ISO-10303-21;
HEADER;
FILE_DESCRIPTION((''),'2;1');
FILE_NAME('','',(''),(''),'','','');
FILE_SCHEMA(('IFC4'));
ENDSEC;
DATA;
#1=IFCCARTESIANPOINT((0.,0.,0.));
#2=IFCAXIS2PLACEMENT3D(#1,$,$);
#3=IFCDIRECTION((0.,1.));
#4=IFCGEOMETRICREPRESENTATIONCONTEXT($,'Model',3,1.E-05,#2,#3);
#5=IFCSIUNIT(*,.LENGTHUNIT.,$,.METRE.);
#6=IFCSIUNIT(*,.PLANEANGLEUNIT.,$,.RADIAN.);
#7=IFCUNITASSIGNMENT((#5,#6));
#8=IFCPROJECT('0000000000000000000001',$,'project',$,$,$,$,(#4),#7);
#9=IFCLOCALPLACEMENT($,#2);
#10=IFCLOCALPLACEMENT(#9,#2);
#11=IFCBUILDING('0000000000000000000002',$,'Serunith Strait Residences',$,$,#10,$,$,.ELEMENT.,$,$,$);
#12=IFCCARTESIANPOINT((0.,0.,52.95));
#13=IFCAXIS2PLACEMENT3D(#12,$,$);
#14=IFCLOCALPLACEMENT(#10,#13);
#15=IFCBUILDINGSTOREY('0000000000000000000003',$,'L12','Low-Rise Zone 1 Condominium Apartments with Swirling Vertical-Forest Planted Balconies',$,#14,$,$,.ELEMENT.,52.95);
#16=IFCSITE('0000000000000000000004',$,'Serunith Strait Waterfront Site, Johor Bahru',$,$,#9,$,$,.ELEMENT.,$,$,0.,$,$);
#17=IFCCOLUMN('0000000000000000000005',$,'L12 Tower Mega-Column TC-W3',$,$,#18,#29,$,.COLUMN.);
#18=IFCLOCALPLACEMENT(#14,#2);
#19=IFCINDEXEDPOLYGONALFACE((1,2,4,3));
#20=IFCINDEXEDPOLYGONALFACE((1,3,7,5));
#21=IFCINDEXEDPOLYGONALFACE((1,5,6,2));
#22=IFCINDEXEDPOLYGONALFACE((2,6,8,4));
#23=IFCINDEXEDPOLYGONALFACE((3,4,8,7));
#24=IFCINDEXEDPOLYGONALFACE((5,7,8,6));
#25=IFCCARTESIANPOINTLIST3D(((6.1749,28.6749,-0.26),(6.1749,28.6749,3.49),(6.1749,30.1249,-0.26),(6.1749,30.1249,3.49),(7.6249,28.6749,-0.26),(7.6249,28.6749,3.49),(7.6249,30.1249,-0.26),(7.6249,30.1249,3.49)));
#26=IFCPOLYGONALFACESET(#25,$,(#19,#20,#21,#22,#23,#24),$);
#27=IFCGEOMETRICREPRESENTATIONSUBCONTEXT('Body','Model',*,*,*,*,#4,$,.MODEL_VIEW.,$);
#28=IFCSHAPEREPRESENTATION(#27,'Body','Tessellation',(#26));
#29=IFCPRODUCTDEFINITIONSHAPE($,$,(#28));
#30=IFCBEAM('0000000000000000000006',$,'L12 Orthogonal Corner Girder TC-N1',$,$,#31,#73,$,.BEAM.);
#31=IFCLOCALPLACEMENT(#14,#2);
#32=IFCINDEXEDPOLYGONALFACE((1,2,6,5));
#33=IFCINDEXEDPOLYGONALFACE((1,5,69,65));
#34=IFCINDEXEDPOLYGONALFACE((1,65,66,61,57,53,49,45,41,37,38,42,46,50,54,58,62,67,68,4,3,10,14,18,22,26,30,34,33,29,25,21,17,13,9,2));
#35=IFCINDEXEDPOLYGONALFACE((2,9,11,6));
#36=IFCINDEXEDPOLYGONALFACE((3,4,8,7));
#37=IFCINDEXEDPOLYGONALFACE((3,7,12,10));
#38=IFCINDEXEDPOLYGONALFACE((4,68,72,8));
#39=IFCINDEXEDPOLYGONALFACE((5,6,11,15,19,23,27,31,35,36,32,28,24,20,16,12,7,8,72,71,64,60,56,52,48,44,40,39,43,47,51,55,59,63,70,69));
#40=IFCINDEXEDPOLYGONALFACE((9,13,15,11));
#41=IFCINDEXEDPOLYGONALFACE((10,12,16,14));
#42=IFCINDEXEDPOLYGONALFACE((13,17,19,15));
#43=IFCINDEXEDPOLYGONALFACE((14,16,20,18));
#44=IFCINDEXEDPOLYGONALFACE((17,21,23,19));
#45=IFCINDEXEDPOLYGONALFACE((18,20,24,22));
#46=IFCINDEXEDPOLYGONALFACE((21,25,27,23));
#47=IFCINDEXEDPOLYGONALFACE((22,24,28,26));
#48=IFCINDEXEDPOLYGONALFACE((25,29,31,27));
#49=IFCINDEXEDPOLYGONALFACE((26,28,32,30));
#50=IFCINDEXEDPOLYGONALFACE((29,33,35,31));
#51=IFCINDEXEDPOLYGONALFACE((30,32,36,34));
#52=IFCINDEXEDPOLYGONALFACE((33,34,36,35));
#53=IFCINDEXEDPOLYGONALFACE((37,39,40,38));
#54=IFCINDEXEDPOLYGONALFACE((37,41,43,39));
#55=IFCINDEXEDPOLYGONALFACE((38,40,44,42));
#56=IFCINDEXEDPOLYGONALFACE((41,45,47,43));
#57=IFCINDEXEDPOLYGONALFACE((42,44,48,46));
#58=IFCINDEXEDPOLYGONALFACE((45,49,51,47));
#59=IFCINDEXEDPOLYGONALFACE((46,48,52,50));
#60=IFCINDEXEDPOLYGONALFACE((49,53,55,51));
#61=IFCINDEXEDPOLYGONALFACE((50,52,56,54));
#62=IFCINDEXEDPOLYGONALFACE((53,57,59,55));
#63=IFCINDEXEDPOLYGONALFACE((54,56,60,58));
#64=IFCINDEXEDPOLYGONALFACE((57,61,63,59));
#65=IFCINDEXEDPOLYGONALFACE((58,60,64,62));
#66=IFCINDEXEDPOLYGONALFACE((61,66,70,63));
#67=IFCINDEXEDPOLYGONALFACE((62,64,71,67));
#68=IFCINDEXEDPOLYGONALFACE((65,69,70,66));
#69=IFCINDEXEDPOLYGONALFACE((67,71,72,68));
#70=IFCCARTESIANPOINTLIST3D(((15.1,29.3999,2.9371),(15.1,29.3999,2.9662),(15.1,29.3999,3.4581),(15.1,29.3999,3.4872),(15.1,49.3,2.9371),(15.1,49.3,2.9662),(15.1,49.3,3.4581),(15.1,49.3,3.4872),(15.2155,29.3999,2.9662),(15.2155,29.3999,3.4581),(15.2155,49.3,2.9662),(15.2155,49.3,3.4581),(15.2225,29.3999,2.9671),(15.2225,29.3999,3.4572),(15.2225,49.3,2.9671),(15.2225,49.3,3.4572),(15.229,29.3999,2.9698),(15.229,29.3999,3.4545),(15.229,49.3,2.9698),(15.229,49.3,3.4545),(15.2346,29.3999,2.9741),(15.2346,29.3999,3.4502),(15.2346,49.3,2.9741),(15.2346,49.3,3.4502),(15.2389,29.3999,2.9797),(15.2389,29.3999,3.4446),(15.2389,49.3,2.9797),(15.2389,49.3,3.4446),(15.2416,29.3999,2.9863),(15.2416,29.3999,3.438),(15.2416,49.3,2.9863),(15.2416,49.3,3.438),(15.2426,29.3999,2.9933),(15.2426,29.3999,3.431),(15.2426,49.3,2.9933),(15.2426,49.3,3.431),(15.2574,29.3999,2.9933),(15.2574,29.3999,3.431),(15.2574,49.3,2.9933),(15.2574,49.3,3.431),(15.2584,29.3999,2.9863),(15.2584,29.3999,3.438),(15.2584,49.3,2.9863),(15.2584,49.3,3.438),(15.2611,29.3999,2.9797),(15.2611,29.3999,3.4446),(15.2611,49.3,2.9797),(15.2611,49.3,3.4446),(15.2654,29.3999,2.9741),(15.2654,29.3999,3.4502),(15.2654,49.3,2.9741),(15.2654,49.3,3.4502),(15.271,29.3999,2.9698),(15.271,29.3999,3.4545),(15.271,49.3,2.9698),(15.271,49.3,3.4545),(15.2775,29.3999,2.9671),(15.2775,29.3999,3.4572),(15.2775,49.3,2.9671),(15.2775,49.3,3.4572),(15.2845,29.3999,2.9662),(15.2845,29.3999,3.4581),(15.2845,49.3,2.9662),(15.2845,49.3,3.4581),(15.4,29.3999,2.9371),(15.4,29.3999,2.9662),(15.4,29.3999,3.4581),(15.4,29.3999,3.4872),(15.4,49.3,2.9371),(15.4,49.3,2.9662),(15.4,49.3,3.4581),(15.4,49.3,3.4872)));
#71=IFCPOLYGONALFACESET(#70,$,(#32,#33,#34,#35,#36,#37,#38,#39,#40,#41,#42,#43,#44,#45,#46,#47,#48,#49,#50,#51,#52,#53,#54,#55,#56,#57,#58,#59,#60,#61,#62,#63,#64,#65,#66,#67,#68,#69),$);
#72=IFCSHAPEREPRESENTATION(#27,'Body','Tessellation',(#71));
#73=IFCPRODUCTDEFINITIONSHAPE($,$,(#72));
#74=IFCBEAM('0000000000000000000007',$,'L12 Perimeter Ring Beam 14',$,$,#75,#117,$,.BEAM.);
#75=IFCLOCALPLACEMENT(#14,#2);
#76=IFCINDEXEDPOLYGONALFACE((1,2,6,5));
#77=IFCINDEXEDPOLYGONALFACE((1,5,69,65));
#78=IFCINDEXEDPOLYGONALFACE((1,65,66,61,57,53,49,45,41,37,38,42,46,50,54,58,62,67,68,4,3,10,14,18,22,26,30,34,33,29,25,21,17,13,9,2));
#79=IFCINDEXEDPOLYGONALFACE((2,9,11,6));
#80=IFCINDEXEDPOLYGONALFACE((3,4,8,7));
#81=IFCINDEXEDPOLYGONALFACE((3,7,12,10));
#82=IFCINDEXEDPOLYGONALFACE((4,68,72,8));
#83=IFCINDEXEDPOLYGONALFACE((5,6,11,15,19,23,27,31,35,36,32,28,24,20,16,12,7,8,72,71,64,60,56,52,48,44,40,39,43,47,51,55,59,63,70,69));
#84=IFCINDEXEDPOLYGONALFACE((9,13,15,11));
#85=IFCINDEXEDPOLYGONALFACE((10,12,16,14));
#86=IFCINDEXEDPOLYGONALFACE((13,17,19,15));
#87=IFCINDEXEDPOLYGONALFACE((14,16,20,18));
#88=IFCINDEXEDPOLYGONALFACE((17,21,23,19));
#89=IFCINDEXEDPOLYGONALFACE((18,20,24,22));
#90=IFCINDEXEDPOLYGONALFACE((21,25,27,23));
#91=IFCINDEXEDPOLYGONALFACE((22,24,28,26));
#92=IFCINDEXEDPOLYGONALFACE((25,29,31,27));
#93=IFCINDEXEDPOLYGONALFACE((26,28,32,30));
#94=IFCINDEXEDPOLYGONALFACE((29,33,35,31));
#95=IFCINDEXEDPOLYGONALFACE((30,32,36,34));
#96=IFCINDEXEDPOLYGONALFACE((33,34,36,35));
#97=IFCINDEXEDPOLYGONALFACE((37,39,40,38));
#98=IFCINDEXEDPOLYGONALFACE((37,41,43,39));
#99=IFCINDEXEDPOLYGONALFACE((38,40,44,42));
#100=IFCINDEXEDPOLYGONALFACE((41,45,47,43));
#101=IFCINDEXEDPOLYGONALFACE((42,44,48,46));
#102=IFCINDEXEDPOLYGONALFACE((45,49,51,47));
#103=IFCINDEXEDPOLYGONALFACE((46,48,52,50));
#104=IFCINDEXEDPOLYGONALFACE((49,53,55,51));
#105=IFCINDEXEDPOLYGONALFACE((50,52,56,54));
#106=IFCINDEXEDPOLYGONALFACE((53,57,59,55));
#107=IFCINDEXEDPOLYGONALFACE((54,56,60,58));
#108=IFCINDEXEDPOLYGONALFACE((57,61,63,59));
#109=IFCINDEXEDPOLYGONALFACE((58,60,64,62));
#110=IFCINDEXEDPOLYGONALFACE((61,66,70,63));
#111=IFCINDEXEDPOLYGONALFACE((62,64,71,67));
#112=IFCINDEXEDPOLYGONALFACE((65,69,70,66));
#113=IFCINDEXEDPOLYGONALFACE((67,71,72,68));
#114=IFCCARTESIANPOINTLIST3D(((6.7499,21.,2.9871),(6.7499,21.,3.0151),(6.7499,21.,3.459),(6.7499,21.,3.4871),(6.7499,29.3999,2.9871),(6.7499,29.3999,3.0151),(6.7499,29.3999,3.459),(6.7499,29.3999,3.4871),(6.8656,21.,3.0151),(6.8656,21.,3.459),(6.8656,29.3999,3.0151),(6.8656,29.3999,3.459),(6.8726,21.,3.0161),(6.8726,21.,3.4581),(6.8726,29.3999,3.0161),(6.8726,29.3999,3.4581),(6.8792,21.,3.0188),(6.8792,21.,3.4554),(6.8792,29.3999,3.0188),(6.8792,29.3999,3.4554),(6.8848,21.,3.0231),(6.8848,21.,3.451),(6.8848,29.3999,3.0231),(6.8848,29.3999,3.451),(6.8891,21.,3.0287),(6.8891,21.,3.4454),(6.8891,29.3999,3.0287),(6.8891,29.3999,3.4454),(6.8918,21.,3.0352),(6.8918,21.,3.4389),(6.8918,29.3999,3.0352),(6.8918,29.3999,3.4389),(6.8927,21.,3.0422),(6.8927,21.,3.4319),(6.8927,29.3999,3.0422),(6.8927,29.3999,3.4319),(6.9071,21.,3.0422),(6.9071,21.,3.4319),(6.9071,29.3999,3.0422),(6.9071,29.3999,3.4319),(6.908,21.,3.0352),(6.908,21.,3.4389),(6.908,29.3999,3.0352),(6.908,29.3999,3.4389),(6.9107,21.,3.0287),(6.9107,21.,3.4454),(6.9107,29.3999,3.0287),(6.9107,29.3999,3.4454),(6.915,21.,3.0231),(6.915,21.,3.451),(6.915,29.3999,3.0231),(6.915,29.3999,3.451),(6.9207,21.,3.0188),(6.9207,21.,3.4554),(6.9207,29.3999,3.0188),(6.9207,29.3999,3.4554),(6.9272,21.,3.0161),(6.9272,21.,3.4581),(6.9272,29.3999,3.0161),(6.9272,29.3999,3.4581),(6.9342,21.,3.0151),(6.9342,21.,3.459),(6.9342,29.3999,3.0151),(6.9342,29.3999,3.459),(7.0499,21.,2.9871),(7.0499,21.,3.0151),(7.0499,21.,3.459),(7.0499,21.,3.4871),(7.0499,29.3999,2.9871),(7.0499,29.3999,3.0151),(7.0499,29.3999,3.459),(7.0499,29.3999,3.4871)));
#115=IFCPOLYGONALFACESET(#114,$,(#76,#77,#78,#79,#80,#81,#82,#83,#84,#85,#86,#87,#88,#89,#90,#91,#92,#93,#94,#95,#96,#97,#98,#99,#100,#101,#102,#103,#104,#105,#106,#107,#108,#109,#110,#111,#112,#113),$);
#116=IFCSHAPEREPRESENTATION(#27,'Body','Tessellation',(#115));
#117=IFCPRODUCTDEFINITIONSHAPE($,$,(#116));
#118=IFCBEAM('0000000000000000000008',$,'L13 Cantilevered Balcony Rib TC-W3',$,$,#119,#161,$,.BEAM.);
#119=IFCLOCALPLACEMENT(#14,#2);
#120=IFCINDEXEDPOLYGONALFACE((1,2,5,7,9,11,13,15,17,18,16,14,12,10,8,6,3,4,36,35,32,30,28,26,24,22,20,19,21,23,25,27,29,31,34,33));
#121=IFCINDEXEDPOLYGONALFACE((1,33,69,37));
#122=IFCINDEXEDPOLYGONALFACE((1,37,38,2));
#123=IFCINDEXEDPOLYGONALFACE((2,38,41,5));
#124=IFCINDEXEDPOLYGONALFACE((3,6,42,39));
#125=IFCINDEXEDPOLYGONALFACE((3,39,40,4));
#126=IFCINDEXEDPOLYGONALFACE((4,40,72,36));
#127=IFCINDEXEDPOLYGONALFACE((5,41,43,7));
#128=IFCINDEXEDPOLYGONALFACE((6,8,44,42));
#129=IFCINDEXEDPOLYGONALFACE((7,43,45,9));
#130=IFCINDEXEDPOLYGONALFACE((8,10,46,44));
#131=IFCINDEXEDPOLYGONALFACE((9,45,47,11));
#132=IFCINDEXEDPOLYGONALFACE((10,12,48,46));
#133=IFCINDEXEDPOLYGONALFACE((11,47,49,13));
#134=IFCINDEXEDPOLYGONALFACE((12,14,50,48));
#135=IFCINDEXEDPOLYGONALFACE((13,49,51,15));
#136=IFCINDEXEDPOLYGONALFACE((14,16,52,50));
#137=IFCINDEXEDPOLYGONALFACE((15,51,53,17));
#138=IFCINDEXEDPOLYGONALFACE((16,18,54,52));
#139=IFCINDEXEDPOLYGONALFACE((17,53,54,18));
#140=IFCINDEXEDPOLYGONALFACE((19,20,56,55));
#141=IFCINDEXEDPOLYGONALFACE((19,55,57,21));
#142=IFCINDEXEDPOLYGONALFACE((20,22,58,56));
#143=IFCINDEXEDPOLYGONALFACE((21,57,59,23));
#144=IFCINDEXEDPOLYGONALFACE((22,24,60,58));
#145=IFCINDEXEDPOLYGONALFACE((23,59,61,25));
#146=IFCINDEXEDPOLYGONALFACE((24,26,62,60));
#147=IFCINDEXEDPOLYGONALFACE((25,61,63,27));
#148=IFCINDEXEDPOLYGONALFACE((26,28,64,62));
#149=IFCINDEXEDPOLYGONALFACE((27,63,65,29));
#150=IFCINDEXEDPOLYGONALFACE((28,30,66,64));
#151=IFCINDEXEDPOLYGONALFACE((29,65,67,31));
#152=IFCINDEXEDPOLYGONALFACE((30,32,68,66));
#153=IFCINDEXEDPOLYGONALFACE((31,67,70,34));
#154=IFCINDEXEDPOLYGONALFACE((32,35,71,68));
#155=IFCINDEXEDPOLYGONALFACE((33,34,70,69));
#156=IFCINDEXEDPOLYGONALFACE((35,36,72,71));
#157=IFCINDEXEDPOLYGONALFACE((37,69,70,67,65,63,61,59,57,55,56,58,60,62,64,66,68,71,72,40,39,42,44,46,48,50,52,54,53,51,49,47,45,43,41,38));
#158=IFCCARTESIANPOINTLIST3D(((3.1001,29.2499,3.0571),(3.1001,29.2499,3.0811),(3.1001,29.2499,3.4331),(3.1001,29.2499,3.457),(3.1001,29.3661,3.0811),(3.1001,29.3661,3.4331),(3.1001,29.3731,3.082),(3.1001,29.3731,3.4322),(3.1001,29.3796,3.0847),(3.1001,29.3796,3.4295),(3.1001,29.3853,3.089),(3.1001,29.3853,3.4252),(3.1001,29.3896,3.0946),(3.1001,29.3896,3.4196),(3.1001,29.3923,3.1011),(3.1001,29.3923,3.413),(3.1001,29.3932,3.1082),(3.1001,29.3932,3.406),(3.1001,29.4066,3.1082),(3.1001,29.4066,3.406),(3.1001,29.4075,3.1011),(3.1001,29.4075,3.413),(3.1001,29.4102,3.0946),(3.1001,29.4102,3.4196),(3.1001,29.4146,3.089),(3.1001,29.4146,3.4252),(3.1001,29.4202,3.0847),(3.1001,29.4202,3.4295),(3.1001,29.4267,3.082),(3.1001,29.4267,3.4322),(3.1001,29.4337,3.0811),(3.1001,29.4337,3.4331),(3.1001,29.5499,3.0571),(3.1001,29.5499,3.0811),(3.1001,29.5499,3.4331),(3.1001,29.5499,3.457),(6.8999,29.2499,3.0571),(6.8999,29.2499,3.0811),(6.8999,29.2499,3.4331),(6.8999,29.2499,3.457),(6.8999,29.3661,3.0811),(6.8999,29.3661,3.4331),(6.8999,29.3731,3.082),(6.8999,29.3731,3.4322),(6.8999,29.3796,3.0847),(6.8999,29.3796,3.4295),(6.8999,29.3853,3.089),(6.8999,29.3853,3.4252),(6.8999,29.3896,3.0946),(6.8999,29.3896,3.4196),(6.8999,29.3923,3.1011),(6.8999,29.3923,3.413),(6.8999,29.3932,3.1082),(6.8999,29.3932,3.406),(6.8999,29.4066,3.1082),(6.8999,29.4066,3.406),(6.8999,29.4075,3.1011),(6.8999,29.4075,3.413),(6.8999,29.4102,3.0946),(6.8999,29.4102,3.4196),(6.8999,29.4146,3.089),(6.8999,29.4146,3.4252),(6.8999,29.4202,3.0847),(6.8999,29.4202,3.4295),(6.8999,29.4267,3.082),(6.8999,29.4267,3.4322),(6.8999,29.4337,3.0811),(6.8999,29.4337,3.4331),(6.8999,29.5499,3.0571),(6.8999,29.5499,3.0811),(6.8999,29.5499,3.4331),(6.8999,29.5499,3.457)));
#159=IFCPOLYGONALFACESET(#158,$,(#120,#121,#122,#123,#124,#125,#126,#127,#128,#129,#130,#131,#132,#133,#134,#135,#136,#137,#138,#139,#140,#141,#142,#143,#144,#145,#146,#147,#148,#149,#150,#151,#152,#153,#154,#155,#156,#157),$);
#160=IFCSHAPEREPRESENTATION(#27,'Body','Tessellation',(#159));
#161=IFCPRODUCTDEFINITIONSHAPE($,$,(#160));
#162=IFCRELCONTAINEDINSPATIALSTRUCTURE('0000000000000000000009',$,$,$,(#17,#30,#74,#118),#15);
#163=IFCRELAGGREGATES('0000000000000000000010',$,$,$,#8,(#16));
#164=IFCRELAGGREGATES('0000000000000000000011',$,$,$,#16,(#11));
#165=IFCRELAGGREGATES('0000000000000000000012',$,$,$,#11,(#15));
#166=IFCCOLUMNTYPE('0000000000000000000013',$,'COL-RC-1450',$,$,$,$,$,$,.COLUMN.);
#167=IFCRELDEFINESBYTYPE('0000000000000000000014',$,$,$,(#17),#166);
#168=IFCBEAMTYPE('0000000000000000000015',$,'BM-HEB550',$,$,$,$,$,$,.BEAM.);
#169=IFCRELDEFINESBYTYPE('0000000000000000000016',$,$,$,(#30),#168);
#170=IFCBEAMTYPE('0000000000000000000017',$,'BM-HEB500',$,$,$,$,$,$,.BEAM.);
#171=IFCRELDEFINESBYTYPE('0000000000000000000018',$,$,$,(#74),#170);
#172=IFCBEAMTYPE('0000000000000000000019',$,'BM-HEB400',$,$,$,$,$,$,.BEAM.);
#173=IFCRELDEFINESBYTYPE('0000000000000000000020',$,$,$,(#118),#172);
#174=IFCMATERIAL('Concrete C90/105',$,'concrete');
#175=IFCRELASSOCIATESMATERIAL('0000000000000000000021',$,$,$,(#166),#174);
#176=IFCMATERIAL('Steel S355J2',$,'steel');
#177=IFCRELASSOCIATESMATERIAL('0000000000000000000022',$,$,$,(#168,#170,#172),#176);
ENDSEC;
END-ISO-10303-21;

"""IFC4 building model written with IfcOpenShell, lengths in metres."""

from ifc_helpers import new_model, si_unit, direction, frame, origin, origin_2d, place, context, subcontext, project, spatial, rectangle, i_section, extrude, source, transform, mapped, material, material_profile, profile_set, type_object, element, save


model = new_model("IFC4")

# Units and contexts
model_context = context("Model", 3, precision=1e-05, world=origin(), true_north=direction((0.0, 1.0)))
body_context = subcontext(model_context, "Body", "Model", "MODEL_VIEW")
ifc_project = project(units=[si_unit("LENGTHUNIT", "METRE"), si_unit("PLANEANGLEUNIT", "RADIAN")], contexts=[model_context])

# Site, building, storey
site_placement = place(None, origin())
site = spatial("IfcSite", under=ifc_project, at=site_placement, Name="Serunith Strait Waterfront Site, Johor Bahru", CompositionType="ELEMENT", RefElevation=0.0)
building_placement = place(site_placement, origin())
building = spatial("IfcBuilding", under=site, at=building_placement, Name="Serunith Strait Residences", CompositionType="ELEMENT")
storey_placement = place(building_placement, frame((0.0, 0.0, 52.95)))
storey = spatial("IfcBuildingStorey", under=building, at=storey_placement, Name="L12", Description="Low-Rise Zone 1 Condominium Apartments with Swirling Vertical-Forest Planted Balconies", CompositionType="ELEMENT", Elevation=52.95)

# Column
ifc_material_1 = material(Name="Concrete C90/105", Category="concrete")
ifc_material_profile_1 = material_profile(ifc_material_1, rectangle(XDim=1.45, YDim=1.45, at=origin_2d()), Name="RC 1450x1450")
ifc_profile_set_1 = profile_set([ifc_material_profile_1], Name="Concrete C90/105")
column_type = type_object("IfcColumnType", Name="COL-RC-1450", PredefinedType="COLUMN", material=ifc_profile_set_1)
shared_shape_1 = source(origin(), body_context, "Body", "SweptSolid", [
    extrude(rectangle(XDim=1.45, YDim=1.45, at=origin_2d()), origin(), (0.0, 0.0, 1.0), 3.75),
])
column_placement = place(storey_placement, frame((6.8999, 29.3999, -0.26), z_axis=(0.0, 0.0, 1.0), x_axis=(1.0, 0.0, 0.0)))
element("IfcColumn", 1, at=column_placement, inside=storey, type_object=column_type, Name="L12 Tower Mega-Column TC-W3", PredefinedType="COLUMN", context=body_context, shape_type="MappedRepresentation", body=[
    mapped(shared_shape_1, transform((0.0, 0.0, 0.0), scale=1.0)),
])

# Beams
ifc_material_2 = material(Name="Steel S355J2", Category="steel")
ifc_material_profile_2 = material_profile(ifc_material_2, i_section(OverallWidth=0.3, OverallDepth=0.55, WebThickness=0.0149, FlangeThickness=0.0291, FilletRadius=0.0271, at=origin_2d()), Name="HEB 550")
ifc_profile_set_2 = profile_set([ifc_material_profile_2], Name="Steel S355J2")
beam_type_1 = type_object("IfcBeamType", Name="BM-HEB550", PredefinedType="BEAM", material=ifc_profile_set_2)
shared_shape_2 = source(origin(), body_context, "Body", "SweptSolid", [
    extrude(i_section(OverallWidth=0.3, OverallDepth=0.55, WebThickness=0.0149, FlangeThickness=0.0291, FilletRadius=0.0271, at=origin_2d()), origin(), (0.0, 0.0, 1.0), 19.9001),
])
beam_1_placement = place(storey_placement, frame((15.25, 29.3999, 3.2122), z_axis=(0.0, 1.0, 0.0), x_axis=(-1.0, 0.0, 0.0)))
element("IfcBeam", 2, at=beam_1_placement, inside=storey, type_object=beam_type_1, Name="L12 Orthogonal Corner Girder TC-N1", PredefinedType="BEAM", context=body_context, shape_type="MappedRepresentation", body=[
    mapped(shared_shape_2, transform((0.0, 0.0, 0.0), scale=1.0)),
])
ifc_material_profile_3 = material_profile(ifc_material_2, i_section(OverallWidth=0.3, OverallDepth=0.5, WebThickness=0.0144, FlangeThickness=0.0281, FilletRadius=0.0271, at=origin_2d()), Name="HEB 500")
ifc_profile_set_3 = profile_set([ifc_material_profile_3], Name="Steel S355J2")
beam_type_2 = type_object("IfcBeamType", Name="BM-HEB500", PredefinedType="BEAM", material=ifc_profile_set_3)
shared_shape_3 = source(origin(), body_context, "Body", "SweptSolid", [
    extrude(i_section(OverallWidth=0.3, OverallDepth=0.5, WebThickness=0.0144, FlangeThickness=0.0281, FilletRadius=0.0271, at=origin_2d()), origin(), (0.0, 0.0, 1.0), 8.3999),
])
beam_2_placement = place(storey_placement, frame((6.8999, 29.3999, 3.2371), z_axis=(0.0, -1.0, 0.0), x_axis=(1.0, 0.0, 0.0)))
element("IfcBeam", 3, at=beam_2_placement, inside=storey, type_object=beam_type_2, Name="L12 Perimeter Ring Beam 14", PredefinedType="BEAM", context=body_context, shape_type="MappedRepresentation", body=[
    mapped(shared_shape_3, transform((0.0, 0.0, 0.0), scale=1.0)),
])
ifc_material_profile_4 = material_profile(ifc_material_2, i_section(OverallWidth=0.3, OverallDepth=0.3999, WebThickness=0.0134, FlangeThickness=0.0239, FilletRadius=0.0271, at=origin_2d()), Name="HEB 400")
ifc_profile_set_4 = profile_set([ifc_material_profile_4], Name="Steel S355J2")
beam_type_3 = type_object("IfcBeamType", Name="BM-HEB400", PredefinedType="BEAM", material=ifc_profile_set_4)
shared_shape_4 = source(origin(), body_context, "Body", "SweptSolid", [
    extrude(i_section(OverallWidth=0.3, OverallDepth=0.3999, WebThickness=0.0134, FlangeThickness=0.0239, FilletRadius=0.0271, at=origin_2d()), origin(), (0.0, 0.0, 1.0), 3.7998),
])
beam_3_placement = place(storey_placement, frame((6.8999, 29.3999, 3.2571), z_axis=(-1.0, 0.0, 0.0), x_axis=(0.0, -1.0, 0.0)))
element("IfcBeam", 4, at=beam_3_placement, inside=storey, type_object=beam_type_3, Name="L13 Cantilevered Balcony Rib TC-W3", PredefinedType="BEAM", context=body_context, shape_type="MappedRepresentation", body=[
    mapped(shared_shape_4, transform((0.0, 0.0, 0.0), scale=1.0)),
])

save(model, "model.ifc")
